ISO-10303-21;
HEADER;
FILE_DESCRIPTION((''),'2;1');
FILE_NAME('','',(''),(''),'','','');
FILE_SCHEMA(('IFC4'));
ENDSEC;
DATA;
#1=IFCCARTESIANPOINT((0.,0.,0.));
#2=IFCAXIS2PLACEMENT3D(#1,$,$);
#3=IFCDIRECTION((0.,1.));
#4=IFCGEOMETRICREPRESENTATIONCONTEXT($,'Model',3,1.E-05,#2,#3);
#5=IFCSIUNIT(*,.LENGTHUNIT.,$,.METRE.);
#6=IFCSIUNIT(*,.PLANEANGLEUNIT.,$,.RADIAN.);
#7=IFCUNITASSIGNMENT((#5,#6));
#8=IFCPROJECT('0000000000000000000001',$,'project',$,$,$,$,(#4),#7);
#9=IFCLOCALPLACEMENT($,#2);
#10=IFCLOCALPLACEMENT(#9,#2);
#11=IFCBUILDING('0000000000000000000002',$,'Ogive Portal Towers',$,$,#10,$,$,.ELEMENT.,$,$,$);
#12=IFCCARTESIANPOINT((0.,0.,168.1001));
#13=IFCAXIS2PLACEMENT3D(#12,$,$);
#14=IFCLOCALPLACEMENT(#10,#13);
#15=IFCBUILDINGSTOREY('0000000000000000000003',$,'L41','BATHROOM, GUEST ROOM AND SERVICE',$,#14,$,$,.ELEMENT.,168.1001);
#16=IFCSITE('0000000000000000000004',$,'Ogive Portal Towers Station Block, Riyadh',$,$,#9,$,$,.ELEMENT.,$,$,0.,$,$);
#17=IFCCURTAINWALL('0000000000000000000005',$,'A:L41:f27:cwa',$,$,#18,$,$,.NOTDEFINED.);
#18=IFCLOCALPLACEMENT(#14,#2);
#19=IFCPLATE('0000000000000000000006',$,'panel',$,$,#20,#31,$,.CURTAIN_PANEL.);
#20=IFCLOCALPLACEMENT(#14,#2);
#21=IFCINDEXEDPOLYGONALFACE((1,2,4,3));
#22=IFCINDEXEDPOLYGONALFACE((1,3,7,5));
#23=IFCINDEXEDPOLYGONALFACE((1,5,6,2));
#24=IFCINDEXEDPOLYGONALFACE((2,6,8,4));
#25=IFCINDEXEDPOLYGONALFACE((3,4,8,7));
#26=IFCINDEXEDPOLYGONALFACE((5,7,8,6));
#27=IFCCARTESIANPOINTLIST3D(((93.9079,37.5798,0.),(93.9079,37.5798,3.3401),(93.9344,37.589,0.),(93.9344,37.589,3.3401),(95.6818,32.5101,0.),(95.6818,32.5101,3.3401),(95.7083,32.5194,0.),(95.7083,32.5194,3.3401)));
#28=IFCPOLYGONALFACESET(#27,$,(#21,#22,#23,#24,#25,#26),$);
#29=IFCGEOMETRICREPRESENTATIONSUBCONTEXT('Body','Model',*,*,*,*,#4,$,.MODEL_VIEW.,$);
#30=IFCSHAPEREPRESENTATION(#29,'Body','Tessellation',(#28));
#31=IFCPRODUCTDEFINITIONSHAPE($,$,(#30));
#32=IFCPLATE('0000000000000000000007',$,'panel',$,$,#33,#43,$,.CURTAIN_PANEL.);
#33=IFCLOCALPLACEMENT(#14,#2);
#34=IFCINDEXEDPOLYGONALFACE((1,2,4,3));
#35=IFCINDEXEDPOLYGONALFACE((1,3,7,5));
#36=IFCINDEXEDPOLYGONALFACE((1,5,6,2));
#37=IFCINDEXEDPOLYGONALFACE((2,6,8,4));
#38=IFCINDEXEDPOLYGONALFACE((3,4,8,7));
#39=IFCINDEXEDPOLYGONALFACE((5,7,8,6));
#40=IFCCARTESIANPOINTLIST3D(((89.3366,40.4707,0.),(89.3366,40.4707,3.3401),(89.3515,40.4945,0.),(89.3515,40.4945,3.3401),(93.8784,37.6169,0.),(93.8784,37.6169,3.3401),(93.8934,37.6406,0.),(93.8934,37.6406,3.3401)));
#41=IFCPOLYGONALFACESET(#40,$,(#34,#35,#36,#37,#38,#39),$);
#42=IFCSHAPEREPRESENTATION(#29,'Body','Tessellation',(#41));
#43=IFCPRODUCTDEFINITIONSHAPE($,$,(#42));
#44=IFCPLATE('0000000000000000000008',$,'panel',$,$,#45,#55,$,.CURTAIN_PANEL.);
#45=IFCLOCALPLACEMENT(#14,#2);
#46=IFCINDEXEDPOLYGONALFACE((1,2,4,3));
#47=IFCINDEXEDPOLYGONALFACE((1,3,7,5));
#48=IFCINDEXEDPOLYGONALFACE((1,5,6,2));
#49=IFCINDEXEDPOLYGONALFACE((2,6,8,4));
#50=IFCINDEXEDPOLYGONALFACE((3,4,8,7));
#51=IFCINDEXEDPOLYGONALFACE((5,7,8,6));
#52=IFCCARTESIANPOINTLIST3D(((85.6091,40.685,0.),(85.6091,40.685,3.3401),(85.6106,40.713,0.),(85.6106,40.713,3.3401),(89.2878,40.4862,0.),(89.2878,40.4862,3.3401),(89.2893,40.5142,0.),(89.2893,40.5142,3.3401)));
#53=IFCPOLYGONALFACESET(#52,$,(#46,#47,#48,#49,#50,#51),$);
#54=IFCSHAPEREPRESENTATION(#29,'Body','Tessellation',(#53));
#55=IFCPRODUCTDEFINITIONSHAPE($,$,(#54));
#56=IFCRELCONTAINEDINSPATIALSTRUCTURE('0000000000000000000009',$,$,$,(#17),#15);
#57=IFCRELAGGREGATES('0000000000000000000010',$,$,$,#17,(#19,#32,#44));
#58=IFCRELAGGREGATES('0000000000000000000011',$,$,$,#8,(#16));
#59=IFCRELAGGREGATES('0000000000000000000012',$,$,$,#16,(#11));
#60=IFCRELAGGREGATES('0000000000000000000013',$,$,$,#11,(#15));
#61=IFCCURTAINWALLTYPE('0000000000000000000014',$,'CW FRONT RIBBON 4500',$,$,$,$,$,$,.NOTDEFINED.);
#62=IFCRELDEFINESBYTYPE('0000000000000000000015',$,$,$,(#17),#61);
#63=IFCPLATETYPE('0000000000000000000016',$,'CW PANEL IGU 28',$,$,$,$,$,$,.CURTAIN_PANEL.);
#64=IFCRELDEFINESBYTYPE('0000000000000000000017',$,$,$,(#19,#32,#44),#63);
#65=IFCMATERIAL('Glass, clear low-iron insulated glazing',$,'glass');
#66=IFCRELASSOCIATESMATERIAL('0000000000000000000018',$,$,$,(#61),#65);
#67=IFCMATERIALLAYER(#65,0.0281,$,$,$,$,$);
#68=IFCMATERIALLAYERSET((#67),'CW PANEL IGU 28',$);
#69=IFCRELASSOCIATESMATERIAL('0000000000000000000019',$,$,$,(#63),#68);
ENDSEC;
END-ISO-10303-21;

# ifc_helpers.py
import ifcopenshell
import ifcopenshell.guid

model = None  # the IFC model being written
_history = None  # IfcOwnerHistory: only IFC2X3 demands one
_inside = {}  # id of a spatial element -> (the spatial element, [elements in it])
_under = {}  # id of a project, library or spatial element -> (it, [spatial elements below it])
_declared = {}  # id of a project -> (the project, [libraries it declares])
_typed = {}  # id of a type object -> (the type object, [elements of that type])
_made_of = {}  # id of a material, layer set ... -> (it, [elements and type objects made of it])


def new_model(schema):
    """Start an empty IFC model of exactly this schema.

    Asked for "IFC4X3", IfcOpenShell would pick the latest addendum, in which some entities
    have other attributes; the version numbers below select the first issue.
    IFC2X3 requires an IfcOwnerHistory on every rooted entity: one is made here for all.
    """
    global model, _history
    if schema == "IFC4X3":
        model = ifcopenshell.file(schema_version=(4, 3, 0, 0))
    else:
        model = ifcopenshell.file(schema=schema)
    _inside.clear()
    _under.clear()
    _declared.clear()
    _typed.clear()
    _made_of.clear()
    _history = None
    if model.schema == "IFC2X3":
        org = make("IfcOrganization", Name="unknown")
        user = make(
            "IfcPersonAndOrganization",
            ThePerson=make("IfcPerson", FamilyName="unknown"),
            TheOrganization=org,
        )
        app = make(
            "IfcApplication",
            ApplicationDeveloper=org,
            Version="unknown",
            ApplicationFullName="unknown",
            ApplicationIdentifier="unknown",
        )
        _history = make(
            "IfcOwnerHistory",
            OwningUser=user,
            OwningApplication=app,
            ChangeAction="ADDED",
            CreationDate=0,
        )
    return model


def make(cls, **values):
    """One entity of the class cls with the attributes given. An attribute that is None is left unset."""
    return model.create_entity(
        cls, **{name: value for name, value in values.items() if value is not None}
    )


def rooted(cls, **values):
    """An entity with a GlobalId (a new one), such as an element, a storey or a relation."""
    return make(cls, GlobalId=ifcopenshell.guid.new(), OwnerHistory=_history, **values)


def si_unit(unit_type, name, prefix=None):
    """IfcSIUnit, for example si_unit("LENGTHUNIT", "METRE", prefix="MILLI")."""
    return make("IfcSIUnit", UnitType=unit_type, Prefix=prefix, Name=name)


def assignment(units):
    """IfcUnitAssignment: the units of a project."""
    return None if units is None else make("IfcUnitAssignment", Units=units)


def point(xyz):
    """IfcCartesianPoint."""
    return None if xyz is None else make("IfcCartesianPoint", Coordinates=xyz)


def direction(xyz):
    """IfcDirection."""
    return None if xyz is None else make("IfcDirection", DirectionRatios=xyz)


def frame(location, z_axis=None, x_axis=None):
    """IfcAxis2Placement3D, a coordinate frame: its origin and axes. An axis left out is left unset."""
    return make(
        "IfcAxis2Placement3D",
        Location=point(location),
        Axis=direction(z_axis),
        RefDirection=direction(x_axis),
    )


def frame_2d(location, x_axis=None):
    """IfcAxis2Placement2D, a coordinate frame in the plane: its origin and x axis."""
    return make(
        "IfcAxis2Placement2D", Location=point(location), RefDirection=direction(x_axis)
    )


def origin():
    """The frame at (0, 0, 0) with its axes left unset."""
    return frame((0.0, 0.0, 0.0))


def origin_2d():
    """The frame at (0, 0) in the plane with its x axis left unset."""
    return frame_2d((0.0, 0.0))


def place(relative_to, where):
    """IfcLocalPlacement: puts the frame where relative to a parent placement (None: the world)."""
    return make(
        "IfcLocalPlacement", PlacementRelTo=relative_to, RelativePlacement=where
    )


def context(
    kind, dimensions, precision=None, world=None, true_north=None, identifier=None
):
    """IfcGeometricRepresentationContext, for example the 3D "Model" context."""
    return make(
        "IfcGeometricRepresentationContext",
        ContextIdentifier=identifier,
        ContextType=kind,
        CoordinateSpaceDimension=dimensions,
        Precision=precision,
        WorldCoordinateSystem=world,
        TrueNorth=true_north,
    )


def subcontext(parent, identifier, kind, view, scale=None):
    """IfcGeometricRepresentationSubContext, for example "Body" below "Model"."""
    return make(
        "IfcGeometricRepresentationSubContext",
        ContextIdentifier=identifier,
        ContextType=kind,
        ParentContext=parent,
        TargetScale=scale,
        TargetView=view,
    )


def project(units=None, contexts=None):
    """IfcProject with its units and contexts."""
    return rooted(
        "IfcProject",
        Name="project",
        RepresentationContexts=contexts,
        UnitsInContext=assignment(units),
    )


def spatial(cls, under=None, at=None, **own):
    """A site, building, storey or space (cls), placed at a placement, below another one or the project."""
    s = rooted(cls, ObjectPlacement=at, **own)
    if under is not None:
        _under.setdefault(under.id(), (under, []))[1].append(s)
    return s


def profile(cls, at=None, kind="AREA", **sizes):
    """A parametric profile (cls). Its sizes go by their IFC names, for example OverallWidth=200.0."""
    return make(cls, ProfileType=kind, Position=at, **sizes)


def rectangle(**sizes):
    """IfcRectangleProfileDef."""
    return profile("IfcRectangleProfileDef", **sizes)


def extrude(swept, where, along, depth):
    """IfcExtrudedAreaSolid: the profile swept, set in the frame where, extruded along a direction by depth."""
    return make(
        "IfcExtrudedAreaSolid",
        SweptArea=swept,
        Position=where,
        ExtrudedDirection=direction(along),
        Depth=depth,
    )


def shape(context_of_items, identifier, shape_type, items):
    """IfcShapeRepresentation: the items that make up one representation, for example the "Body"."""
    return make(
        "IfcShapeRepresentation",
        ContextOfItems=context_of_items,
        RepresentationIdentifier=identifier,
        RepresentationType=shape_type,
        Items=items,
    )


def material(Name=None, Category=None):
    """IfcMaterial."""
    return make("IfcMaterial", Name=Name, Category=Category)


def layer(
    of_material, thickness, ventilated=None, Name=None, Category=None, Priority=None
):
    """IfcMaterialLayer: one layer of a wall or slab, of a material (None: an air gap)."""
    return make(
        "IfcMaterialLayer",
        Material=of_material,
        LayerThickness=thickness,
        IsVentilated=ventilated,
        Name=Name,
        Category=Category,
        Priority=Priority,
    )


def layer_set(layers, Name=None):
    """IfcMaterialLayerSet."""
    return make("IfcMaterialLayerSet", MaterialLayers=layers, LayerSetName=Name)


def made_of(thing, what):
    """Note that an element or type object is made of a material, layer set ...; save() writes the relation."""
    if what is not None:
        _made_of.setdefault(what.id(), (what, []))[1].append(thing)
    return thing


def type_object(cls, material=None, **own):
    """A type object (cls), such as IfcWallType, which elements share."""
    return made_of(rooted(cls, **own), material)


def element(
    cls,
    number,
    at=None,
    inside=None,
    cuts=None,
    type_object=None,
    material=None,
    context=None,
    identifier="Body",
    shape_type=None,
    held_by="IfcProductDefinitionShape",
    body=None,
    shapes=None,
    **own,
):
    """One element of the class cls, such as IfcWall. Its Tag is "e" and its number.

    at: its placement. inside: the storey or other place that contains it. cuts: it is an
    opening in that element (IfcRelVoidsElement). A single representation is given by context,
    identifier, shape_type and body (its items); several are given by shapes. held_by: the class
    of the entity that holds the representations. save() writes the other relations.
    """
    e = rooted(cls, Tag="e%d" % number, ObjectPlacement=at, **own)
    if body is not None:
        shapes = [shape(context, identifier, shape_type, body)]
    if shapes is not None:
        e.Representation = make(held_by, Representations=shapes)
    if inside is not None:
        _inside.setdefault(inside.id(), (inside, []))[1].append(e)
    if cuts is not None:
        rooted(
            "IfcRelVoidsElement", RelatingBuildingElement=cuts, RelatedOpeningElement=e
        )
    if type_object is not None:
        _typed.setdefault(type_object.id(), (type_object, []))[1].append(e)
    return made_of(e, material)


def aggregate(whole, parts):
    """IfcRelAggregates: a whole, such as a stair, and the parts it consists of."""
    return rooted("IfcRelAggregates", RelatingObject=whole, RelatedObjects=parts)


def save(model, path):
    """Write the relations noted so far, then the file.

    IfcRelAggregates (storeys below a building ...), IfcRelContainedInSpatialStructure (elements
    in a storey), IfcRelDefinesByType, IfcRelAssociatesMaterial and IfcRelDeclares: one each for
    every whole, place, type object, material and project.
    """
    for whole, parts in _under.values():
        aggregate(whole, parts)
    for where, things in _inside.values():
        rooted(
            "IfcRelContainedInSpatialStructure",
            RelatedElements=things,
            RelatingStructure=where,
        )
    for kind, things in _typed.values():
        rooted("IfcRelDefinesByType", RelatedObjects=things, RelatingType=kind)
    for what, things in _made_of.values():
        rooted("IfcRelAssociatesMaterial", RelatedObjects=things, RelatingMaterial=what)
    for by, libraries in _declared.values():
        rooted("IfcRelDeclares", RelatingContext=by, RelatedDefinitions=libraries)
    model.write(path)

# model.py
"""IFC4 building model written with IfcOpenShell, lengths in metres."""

from ifc_helpers import new_model, si_unit, direction, frame, origin, origin_2d, place, context, subcontext, project, spatial, rectangle, extrude, material, layer, layer_set, type_object, element, aggregate, save


model = new_model("IFC4")

# Units and contexts
model_context = context("Model", 3, precision=1e-05, world=origin(), true_north=direction((0.0, 1.0)))
body_context = subcontext(model_context, "Body", "Model", "MODEL_VIEW")
ifc_project = project(units=[si_unit("LENGTHUNIT", "METRE"), si_unit("PLANEANGLEUNIT", "RADIAN")], contexts=[model_context])

# Site, building, storey
site_placement = place(None, origin())
site = spatial("IfcSite", under=ifc_project, at=site_placement, Name="Ogive Portal Towers Station Block, Riyadh", CompositionType="ELEMENT", RefElevation=0.0)
building_placement = place(site_placement, origin())
building = spatial("IfcBuilding", under=site, at=building_placement, Name="Ogive Portal Towers", CompositionType="ELEMENT")
storey_placement = place(building_placement, frame((0.0, 0.0, 168.1001)))
storey = spatial("IfcBuildingStorey", under=building, at=storey_placement, Name="L41", Description="BATHROOM, GUEST ROOM AND SERVICE", CompositionType="ELEMENT", Elevation=168.1001)

# Curtain wall
ifc_material_1 = material(Name="Glass, clear low-iron insulated glazing", Category="glass")
curtain_wall_type_1 = type_object("IfcCurtainWallType", Name="CW FRONT RIBBON 4500", PredefinedType="NOTDEFINED", material=ifc_material_1)
curtain_wall_1_placement = place(storey_placement, origin())
curtain_wall_1 = element("IfcCurtainWall", 1, at=curtain_wall_1_placement, inside=storey, type_object=curtain_wall_type_1, Name="A:L41:f27:cwa", PredefinedType="NOTDEFINED")

# Plates
ifc_layer = layer(ifc_material_1, 0.0281)
ifc_layer_set = layer_set([ifc_layer], Name="CW PANEL IGU 28")
plate_type = type_object("IfcPlateType", Name="CW PANEL IGU 28", PredefinedType="CURTAIN_PANEL", material=ifc_layer_set)
plate_1_placement = place(storey_placement, frame((94.8081, 35.0496, 0.0), z_axis=(0.0, 0.0, 1.0), x_axis=(-0.330279, 0.943883, 0.0)))
plate_1 = element("IfcPlate", 2, at=plate_1_placement, type_object=plate_type, Name="panel", PredefinedType="CURTAIN_PANEL", context=body_context, shape_type="SweptSolid", body=[
    extrude(rectangle(XDim=5.3711, YDim=0.0281, at=origin_2d()), origin(), (0.0, 0.0, 1.0), 3.3401),
])
plate_2_placement = place(storey_placement, frame((91.615, 39.0557, 0.0), z_axis=(0.0, 0.0, 1.0), x_axis=(-0.846724, 0.532032, 0.0)))
plate_2 = element("IfcPlate", 3, at=plate_2_placement, type_object=plate_type, Name="panel", PredefinedType="CURTAIN_PANEL", context=body_context, shape_type="SweptSolid", body=[
    extrude(rectangle(XDim=5.364, YDim=0.0281, at=origin_2d()), origin(), (0.0, 0.0, 1.0), 3.3401),
])
plate_3_placement = place(storey_placement, frame((87.4492, 40.5996, 0.0), z_axis=(0.0, 0.0, 1.0), x_axis=(-0.998543, 0.053965, 0.0)))
plate_3 = element("IfcPlate", 4, at=plate_3_placement, type_object=plate_type, Name="panel", PredefinedType="CURTAIN_PANEL", context=body_context, shape_type="SweptSolid", body=[
    extrude(rectangle(XDim=3.6841, YDim=0.0281, at=origin_2d()), origin(), (0.0, 0.0, 1.0), 3.3401),
])
aggregate(curtain_wall_1, [plate_1, plate_2, plate_3])

save(model, "model.ifc")
